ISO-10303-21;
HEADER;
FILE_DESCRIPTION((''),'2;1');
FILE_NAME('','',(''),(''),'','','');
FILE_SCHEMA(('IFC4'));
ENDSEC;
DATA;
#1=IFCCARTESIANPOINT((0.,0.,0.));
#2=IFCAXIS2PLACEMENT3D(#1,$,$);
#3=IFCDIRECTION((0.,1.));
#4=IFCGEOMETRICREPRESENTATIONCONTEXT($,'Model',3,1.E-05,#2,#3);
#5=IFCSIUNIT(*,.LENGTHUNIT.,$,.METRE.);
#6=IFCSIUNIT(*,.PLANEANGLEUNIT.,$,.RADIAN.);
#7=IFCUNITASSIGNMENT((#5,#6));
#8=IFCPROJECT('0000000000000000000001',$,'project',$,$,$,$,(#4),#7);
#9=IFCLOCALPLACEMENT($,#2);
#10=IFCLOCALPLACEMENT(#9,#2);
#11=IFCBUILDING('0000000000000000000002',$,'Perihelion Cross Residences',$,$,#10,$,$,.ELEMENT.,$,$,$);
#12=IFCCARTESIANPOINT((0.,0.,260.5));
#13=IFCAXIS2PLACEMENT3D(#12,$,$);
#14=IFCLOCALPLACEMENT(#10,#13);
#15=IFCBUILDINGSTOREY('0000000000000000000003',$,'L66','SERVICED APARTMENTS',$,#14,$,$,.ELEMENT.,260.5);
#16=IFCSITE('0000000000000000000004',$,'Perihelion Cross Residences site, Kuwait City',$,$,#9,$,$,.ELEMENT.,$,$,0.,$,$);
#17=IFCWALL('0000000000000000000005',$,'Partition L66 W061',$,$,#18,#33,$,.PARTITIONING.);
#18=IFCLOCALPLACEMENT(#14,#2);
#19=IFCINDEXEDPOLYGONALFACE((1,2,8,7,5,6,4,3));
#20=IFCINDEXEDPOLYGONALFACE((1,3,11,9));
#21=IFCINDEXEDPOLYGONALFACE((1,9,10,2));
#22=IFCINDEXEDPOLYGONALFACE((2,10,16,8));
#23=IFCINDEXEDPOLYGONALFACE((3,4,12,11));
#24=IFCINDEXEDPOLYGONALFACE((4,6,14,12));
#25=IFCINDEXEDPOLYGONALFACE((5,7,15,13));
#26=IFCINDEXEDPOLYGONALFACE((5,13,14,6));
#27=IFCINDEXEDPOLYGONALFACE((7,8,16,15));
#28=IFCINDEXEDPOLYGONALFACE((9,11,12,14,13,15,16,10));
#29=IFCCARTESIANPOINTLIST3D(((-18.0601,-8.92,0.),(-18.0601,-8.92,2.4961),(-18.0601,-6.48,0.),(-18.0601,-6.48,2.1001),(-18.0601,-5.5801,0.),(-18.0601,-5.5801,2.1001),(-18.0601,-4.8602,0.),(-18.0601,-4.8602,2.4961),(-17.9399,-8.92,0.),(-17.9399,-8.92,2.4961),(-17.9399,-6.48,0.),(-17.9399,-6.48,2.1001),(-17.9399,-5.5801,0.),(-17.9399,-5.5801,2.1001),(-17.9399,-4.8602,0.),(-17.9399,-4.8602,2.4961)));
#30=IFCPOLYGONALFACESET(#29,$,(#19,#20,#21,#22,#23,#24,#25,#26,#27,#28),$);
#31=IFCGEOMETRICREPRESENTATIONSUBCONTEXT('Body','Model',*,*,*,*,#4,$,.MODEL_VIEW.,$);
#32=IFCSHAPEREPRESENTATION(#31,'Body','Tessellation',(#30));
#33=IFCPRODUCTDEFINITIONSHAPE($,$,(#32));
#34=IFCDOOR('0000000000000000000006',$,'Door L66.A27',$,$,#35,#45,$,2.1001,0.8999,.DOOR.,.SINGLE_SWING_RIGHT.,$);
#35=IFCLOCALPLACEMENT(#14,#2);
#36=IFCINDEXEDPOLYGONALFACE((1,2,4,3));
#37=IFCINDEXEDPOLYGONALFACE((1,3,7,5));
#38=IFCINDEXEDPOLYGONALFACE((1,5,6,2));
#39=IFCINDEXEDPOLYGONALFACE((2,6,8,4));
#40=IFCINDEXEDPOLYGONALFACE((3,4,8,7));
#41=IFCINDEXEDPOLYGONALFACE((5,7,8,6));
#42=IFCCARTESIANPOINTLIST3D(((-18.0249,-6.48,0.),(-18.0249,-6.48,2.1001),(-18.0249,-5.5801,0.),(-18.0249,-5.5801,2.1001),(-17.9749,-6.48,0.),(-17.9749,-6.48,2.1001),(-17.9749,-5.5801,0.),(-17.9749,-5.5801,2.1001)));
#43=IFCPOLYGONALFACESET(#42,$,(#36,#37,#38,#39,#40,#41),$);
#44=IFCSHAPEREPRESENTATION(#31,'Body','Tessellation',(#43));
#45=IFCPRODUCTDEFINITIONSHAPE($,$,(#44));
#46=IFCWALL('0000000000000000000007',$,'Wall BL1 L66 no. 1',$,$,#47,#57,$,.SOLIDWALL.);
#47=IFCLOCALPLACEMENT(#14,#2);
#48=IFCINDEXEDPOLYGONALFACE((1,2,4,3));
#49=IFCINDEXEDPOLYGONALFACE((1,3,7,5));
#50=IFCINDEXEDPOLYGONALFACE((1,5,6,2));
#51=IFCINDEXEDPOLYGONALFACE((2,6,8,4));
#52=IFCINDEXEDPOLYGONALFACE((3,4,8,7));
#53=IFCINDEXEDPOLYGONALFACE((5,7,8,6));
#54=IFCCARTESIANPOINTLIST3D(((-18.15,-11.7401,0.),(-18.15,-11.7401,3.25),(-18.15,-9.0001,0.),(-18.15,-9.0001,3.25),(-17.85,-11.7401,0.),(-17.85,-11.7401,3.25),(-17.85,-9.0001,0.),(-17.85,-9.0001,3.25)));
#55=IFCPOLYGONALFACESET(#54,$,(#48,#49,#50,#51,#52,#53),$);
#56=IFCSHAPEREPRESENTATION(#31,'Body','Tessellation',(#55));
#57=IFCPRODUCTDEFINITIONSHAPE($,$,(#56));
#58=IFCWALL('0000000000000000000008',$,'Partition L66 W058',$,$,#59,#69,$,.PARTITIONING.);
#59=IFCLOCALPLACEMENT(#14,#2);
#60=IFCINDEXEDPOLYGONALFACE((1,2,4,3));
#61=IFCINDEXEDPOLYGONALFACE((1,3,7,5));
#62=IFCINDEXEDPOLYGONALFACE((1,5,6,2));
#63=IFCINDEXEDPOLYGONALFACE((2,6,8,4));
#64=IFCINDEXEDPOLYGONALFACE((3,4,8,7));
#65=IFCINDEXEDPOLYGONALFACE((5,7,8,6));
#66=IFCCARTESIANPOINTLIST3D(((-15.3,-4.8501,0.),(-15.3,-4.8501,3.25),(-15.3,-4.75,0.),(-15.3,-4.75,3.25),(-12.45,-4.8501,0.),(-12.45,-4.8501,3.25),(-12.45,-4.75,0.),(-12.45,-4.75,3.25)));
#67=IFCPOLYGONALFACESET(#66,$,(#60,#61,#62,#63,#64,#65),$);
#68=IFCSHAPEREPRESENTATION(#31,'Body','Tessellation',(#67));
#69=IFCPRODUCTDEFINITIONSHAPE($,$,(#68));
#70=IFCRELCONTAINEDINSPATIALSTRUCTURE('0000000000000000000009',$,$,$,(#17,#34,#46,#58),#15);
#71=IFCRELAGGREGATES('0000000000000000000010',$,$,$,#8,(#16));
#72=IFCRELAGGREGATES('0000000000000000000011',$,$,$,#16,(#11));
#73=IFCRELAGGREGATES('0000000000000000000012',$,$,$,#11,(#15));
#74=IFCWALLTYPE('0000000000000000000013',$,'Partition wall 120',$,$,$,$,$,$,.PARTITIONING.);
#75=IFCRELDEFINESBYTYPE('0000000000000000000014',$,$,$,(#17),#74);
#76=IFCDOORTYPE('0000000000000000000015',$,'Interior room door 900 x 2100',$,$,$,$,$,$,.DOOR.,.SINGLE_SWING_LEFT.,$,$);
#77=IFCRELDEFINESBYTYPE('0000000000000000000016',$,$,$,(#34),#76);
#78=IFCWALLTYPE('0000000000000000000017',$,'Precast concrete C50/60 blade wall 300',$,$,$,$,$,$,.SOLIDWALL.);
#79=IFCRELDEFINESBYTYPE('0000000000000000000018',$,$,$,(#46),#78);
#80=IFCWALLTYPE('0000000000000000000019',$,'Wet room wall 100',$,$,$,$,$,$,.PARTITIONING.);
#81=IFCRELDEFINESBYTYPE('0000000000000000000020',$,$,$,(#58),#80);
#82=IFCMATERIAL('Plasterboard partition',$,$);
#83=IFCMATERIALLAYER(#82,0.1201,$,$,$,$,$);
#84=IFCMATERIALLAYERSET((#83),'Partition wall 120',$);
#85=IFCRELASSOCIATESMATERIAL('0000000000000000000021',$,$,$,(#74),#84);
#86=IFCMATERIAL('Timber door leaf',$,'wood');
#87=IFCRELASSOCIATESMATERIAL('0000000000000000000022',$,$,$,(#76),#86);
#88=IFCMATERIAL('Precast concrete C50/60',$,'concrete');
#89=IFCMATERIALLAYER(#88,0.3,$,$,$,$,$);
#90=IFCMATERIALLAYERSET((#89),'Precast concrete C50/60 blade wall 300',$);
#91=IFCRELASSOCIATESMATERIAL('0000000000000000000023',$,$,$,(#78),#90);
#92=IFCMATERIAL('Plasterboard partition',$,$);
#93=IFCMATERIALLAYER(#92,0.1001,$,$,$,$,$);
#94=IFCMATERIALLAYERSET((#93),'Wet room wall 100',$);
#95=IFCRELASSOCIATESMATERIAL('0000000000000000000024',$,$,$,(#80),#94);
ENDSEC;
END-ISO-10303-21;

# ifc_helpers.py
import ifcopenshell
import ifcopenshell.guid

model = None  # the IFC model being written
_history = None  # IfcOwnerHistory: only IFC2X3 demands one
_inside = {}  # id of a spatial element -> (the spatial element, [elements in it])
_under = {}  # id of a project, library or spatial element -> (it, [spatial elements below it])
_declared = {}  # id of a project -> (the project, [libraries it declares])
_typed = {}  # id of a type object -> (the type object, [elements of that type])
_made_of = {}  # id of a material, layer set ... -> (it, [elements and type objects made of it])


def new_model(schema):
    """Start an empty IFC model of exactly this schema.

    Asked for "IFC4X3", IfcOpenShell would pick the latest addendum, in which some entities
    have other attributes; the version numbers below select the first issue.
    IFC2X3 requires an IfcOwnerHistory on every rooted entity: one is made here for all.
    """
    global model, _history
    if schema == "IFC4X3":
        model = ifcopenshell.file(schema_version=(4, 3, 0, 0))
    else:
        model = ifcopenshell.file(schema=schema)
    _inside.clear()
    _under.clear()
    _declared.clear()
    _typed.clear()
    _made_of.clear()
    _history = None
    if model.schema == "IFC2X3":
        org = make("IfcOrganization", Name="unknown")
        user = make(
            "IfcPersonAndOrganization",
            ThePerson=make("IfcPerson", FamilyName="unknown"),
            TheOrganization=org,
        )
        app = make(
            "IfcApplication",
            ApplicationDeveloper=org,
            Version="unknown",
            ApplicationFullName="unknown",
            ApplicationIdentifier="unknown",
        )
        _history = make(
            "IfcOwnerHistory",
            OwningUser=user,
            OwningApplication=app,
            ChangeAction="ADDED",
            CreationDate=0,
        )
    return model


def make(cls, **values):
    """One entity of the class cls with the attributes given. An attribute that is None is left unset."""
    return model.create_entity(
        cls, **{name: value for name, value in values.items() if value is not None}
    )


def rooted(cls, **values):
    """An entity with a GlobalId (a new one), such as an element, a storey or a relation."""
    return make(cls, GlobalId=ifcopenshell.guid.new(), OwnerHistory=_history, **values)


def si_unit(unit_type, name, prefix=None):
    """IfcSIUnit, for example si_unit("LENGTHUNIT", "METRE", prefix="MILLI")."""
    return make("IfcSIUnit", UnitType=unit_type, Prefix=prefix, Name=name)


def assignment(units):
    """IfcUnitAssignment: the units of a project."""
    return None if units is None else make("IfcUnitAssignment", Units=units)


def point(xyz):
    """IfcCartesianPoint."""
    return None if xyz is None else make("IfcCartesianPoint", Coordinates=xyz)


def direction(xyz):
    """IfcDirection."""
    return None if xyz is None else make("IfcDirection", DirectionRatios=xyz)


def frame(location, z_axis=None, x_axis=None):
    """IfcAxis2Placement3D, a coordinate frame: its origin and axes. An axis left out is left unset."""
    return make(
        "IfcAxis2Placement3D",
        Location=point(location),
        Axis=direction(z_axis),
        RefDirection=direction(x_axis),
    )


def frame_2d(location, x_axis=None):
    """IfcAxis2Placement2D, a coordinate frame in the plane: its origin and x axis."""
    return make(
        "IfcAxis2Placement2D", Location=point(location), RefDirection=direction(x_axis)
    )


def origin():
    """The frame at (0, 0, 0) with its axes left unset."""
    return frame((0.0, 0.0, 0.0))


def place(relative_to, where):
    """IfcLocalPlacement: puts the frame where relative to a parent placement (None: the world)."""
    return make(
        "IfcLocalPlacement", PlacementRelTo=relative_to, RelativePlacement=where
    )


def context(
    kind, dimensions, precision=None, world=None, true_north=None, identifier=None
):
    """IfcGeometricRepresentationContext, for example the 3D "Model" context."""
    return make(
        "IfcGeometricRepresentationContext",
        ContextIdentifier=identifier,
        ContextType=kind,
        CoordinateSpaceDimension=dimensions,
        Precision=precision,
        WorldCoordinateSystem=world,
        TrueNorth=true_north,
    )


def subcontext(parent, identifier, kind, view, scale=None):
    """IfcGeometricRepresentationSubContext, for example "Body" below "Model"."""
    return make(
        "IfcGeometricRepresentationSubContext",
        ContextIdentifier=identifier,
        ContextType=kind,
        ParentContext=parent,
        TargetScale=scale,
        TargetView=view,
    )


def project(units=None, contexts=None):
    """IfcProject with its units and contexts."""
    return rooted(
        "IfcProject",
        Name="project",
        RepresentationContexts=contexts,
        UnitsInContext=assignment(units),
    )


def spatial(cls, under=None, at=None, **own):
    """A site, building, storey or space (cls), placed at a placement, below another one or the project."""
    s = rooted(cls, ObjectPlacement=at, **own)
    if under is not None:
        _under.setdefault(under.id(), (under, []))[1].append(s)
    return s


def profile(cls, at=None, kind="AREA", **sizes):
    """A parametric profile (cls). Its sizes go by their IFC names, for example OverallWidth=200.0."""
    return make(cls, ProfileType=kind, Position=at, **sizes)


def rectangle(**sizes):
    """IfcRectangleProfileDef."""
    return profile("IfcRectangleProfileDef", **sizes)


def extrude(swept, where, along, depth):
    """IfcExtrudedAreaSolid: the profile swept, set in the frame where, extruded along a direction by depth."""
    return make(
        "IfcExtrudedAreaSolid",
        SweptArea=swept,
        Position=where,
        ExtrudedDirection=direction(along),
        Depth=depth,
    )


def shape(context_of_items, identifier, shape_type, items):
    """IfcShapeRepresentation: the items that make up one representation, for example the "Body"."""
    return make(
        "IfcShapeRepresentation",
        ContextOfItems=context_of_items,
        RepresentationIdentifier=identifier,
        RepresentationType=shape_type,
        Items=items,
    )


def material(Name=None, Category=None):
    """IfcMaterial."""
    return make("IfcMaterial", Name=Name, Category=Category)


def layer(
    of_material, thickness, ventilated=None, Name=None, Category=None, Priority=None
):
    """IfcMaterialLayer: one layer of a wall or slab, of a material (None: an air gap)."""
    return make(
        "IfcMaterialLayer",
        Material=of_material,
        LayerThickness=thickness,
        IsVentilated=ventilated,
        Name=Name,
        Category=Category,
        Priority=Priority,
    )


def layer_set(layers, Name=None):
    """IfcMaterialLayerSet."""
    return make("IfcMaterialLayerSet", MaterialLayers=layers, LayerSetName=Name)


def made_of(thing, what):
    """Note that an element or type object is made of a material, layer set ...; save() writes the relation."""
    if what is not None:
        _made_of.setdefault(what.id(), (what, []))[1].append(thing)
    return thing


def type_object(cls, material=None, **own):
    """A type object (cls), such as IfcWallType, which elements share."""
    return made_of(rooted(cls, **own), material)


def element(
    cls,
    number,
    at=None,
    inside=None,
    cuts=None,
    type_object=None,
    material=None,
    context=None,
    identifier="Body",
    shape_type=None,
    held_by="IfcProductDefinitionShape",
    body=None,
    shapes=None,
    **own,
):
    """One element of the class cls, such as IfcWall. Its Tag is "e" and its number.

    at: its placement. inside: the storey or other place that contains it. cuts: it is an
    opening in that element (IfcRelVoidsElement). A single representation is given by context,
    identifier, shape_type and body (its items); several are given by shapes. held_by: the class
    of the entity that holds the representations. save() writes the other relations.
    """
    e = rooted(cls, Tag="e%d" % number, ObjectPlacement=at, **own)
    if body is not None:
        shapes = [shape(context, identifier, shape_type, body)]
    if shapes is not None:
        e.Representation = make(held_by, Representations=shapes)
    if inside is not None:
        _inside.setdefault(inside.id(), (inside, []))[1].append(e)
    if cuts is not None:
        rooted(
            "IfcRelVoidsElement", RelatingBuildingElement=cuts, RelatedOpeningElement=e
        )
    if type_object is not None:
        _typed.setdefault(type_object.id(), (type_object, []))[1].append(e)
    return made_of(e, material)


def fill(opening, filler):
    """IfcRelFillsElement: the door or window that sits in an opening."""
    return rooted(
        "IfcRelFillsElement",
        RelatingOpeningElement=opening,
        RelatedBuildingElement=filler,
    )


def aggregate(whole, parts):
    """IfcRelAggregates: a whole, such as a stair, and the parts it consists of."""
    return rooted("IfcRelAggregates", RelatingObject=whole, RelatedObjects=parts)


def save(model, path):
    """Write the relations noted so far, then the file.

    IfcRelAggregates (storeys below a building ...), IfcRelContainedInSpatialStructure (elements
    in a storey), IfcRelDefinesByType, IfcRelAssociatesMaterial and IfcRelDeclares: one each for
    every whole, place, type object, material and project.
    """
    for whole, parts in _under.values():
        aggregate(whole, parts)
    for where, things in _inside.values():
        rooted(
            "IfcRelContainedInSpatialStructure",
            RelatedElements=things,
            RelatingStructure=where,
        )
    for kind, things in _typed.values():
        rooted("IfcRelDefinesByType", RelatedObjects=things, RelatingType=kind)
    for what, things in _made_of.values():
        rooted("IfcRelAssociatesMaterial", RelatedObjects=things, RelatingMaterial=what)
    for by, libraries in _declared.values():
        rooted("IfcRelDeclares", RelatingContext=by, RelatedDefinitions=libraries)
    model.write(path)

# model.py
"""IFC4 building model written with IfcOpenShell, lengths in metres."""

from ifc_helpers import new_model, si_unit, direction, frame, frame_2d, origin, place, context, subcontext, project, spatial, rectangle, extrude, material, layer, layer_set, type_object, element, fill, save


model = new_model("IFC4")

# Units and contexts
model_context = context("Model", 3, precision=1e-05, world=origin(), true_north=direction((0.0, 1.0)))
body_context = subcontext(model_context, "Body", "Model", "MODEL_VIEW")
ifc_project = project(units=[si_unit("LENGTHUNIT", "METRE"), si_unit("PLANEANGLEUNIT", "RADIAN")], contexts=[model_context])

# Site, building, storey
site_placement = place(None, origin())
site = spatial("IfcSite", under=ifc_project, at=site_placement, Name="Perihelion Cross Residences site, Kuwait City", CompositionType="ELEMENT", RefElevation=0.0)
building_placement = place(site_placement, origin())
building = spatial("IfcBuilding", under=site, at=building_placement, Name="Perihelion Cross Residences", CompositionType="ELEMENT")
storey_placement = place(building_placement, frame((0.0, 0.0, 260.5)))
storey = spatial("IfcBuildingStorey", under=building, at=storey_placement, Name="L66", Description="SERVICED APARTMENTS", CompositionType="ELEMENT", Elevation=260.5)

# Wall, opening, door
ifc_material_1 = material(Name="Plasterboard partition")
ifc_layer_1 = layer(ifc_material_1, 0.1201)
ifc_layer_set_1 = layer_set([ifc_layer_1], Name="Partition wall 120")
wall_type_1 = type_object("IfcWallType", Name="Partition wall 120", PredefinedType="PARTITIONING", material=ifc_layer_set_1)
ifc_material_2 = material(Name="Timber door leaf", Category="wood")
door_type_1 = type_object("IfcDoorType", Name="Interior room door 900 x 2100", OperationType="SINGLE_SWING_LEFT", PredefinedType="DOOR", material=ifc_material_2)
wall_1_placement = place(storey_placement, frame((-18.0, -8.9199, 0.0), z_axis=(0.0, 0.0, 1.0), x_axis=(0.0, 1.0, 0.0)))
wall_1 = element("IfcWall", 1, at=wall_1_placement, inside=storey, type_object=wall_type_1, Name="Partition L66 W061", PredefinedType="PARTITIONING", context=body_context, shape_type="SweptSolid", body=[
    extrude(rectangle(XDim=4.0598, YDim=0.1201, at=frame_2d((2.0298, 0.0))), origin(), (0.0, 0.0, 1.0), 2.4961),
])
opening_1_placement = place(wall_1_placement, frame((2.4399, 0.0, 0.0)))
opening_1 = element("IfcOpeningElement", 2, at=opening_1_placement, cuts=wall_1, PredefinedType="OPENING", context=body_context, shape_type="SweptSolid", body=[
    extrude(rectangle(XDim=0.8999, YDim=2.1001, at=frame_2d((0.45, 1.05))), frame((0.0, 0.0701, 0.0), z_axis=(0.0, -1.0, 0.0), x_axis=(1.0, 0.0, 0.0)), (0.0, 0.0, 1.0), 0.1401),
])
door_1_placement = place(opening_1_placement, origin())
door_1 = element("IfcDoor", 3, at=door_1_placement, inside=storey, type_object=door_type_1, Name="Door L66.A27", OperationType="SINGLE_SWING_RIGHT", OverallHeight=2.1001, OverallWidth=0.8999, PredefinedType="DOOR", context=body_context, shape_type="SweptSolid", body=[
    extrude(rectangle(XDim=0.8999, YDim=2.1001, at=frame_2d((0.45, 1.05))), frame((0.0, 0.0249, 0.0), z_axis=(0.0, -1.0, 0.0), x_axis=(1.0, 0.0, 0.0)), (0.0, 0.0, 1.0), 0.05),
])
fill(opening_1, door_1)

# Walls
ifc_material_3 = material(Name="Precast concrete C50/60", Category="concrete")
ifc_layer_2 = layer(ifc_material_3, 0.3)
ifc_layer_set_2 = layer_set([ifc_layer_2], Name="Precast concrete C50/60 blade wall 300")
wall_type_2 = type_object("IfcWallType", Name="Precast concrete C50/60 blade wall 300", PredefinedType="SOLIDWALL", material=ifc_layer_set_2)
wall_2_placement = place(storey_placement, frame((-18.0, -9.0, 0.0), z_axis=(0.0, 0.0, 1.0), x_axis=(0.0, -1.0, 0.0)))
element("IfcWall", 4, at=wall_2_placement, inside=storey, type_object=wall_type_2, Name="Wall BL1 L66 no. 1", PredefinedType="SOLIDWALL", context=body_context, shape_type="SweptSolid", body=[
    extrude(rectangle(XDim=2.74, YDim=0.3, at=frame_2d((1.3701, 0.0))), origin(), (0.0, 0.0, 1.0), 3.25),
])
ifc_material_4 = material(Name="Plasterboard partition")
ifc_layer_3 = layer(ifc_material_4, 0.1001)
ifc_layer_set_3 = layer_set([ifc_layer_3], Name="Wet room wall 100")
wall_type_3 = type_object("IfcWallType", Name="Wet room wall 100", PredefinedType="PARTITIONING", material=ifc_layer_set_3)
wall_3_placement = place(storey_placement, frame((-12.45, -4.8, 0.0), z_axis=(0.0, 0.0, 1.0), x_axis=(-1.0, 0.0, 0.0)))
element("IfcWall", 5, at=wall_3_placement, inside=storey, type_object=wall_type_3, Name="Partition L66 W058", PredefinedType="PARTITIONING", context=body_context, shape_type="SweptSolid", body=[
    extrude(rectangle(XDim=2.8501, YDim=0.1001, at=frame_2d((1.425, 0.0))), origin(), (0.0, 0.0, 1.0), 3.25),
])

save(model, "model.ifc")
